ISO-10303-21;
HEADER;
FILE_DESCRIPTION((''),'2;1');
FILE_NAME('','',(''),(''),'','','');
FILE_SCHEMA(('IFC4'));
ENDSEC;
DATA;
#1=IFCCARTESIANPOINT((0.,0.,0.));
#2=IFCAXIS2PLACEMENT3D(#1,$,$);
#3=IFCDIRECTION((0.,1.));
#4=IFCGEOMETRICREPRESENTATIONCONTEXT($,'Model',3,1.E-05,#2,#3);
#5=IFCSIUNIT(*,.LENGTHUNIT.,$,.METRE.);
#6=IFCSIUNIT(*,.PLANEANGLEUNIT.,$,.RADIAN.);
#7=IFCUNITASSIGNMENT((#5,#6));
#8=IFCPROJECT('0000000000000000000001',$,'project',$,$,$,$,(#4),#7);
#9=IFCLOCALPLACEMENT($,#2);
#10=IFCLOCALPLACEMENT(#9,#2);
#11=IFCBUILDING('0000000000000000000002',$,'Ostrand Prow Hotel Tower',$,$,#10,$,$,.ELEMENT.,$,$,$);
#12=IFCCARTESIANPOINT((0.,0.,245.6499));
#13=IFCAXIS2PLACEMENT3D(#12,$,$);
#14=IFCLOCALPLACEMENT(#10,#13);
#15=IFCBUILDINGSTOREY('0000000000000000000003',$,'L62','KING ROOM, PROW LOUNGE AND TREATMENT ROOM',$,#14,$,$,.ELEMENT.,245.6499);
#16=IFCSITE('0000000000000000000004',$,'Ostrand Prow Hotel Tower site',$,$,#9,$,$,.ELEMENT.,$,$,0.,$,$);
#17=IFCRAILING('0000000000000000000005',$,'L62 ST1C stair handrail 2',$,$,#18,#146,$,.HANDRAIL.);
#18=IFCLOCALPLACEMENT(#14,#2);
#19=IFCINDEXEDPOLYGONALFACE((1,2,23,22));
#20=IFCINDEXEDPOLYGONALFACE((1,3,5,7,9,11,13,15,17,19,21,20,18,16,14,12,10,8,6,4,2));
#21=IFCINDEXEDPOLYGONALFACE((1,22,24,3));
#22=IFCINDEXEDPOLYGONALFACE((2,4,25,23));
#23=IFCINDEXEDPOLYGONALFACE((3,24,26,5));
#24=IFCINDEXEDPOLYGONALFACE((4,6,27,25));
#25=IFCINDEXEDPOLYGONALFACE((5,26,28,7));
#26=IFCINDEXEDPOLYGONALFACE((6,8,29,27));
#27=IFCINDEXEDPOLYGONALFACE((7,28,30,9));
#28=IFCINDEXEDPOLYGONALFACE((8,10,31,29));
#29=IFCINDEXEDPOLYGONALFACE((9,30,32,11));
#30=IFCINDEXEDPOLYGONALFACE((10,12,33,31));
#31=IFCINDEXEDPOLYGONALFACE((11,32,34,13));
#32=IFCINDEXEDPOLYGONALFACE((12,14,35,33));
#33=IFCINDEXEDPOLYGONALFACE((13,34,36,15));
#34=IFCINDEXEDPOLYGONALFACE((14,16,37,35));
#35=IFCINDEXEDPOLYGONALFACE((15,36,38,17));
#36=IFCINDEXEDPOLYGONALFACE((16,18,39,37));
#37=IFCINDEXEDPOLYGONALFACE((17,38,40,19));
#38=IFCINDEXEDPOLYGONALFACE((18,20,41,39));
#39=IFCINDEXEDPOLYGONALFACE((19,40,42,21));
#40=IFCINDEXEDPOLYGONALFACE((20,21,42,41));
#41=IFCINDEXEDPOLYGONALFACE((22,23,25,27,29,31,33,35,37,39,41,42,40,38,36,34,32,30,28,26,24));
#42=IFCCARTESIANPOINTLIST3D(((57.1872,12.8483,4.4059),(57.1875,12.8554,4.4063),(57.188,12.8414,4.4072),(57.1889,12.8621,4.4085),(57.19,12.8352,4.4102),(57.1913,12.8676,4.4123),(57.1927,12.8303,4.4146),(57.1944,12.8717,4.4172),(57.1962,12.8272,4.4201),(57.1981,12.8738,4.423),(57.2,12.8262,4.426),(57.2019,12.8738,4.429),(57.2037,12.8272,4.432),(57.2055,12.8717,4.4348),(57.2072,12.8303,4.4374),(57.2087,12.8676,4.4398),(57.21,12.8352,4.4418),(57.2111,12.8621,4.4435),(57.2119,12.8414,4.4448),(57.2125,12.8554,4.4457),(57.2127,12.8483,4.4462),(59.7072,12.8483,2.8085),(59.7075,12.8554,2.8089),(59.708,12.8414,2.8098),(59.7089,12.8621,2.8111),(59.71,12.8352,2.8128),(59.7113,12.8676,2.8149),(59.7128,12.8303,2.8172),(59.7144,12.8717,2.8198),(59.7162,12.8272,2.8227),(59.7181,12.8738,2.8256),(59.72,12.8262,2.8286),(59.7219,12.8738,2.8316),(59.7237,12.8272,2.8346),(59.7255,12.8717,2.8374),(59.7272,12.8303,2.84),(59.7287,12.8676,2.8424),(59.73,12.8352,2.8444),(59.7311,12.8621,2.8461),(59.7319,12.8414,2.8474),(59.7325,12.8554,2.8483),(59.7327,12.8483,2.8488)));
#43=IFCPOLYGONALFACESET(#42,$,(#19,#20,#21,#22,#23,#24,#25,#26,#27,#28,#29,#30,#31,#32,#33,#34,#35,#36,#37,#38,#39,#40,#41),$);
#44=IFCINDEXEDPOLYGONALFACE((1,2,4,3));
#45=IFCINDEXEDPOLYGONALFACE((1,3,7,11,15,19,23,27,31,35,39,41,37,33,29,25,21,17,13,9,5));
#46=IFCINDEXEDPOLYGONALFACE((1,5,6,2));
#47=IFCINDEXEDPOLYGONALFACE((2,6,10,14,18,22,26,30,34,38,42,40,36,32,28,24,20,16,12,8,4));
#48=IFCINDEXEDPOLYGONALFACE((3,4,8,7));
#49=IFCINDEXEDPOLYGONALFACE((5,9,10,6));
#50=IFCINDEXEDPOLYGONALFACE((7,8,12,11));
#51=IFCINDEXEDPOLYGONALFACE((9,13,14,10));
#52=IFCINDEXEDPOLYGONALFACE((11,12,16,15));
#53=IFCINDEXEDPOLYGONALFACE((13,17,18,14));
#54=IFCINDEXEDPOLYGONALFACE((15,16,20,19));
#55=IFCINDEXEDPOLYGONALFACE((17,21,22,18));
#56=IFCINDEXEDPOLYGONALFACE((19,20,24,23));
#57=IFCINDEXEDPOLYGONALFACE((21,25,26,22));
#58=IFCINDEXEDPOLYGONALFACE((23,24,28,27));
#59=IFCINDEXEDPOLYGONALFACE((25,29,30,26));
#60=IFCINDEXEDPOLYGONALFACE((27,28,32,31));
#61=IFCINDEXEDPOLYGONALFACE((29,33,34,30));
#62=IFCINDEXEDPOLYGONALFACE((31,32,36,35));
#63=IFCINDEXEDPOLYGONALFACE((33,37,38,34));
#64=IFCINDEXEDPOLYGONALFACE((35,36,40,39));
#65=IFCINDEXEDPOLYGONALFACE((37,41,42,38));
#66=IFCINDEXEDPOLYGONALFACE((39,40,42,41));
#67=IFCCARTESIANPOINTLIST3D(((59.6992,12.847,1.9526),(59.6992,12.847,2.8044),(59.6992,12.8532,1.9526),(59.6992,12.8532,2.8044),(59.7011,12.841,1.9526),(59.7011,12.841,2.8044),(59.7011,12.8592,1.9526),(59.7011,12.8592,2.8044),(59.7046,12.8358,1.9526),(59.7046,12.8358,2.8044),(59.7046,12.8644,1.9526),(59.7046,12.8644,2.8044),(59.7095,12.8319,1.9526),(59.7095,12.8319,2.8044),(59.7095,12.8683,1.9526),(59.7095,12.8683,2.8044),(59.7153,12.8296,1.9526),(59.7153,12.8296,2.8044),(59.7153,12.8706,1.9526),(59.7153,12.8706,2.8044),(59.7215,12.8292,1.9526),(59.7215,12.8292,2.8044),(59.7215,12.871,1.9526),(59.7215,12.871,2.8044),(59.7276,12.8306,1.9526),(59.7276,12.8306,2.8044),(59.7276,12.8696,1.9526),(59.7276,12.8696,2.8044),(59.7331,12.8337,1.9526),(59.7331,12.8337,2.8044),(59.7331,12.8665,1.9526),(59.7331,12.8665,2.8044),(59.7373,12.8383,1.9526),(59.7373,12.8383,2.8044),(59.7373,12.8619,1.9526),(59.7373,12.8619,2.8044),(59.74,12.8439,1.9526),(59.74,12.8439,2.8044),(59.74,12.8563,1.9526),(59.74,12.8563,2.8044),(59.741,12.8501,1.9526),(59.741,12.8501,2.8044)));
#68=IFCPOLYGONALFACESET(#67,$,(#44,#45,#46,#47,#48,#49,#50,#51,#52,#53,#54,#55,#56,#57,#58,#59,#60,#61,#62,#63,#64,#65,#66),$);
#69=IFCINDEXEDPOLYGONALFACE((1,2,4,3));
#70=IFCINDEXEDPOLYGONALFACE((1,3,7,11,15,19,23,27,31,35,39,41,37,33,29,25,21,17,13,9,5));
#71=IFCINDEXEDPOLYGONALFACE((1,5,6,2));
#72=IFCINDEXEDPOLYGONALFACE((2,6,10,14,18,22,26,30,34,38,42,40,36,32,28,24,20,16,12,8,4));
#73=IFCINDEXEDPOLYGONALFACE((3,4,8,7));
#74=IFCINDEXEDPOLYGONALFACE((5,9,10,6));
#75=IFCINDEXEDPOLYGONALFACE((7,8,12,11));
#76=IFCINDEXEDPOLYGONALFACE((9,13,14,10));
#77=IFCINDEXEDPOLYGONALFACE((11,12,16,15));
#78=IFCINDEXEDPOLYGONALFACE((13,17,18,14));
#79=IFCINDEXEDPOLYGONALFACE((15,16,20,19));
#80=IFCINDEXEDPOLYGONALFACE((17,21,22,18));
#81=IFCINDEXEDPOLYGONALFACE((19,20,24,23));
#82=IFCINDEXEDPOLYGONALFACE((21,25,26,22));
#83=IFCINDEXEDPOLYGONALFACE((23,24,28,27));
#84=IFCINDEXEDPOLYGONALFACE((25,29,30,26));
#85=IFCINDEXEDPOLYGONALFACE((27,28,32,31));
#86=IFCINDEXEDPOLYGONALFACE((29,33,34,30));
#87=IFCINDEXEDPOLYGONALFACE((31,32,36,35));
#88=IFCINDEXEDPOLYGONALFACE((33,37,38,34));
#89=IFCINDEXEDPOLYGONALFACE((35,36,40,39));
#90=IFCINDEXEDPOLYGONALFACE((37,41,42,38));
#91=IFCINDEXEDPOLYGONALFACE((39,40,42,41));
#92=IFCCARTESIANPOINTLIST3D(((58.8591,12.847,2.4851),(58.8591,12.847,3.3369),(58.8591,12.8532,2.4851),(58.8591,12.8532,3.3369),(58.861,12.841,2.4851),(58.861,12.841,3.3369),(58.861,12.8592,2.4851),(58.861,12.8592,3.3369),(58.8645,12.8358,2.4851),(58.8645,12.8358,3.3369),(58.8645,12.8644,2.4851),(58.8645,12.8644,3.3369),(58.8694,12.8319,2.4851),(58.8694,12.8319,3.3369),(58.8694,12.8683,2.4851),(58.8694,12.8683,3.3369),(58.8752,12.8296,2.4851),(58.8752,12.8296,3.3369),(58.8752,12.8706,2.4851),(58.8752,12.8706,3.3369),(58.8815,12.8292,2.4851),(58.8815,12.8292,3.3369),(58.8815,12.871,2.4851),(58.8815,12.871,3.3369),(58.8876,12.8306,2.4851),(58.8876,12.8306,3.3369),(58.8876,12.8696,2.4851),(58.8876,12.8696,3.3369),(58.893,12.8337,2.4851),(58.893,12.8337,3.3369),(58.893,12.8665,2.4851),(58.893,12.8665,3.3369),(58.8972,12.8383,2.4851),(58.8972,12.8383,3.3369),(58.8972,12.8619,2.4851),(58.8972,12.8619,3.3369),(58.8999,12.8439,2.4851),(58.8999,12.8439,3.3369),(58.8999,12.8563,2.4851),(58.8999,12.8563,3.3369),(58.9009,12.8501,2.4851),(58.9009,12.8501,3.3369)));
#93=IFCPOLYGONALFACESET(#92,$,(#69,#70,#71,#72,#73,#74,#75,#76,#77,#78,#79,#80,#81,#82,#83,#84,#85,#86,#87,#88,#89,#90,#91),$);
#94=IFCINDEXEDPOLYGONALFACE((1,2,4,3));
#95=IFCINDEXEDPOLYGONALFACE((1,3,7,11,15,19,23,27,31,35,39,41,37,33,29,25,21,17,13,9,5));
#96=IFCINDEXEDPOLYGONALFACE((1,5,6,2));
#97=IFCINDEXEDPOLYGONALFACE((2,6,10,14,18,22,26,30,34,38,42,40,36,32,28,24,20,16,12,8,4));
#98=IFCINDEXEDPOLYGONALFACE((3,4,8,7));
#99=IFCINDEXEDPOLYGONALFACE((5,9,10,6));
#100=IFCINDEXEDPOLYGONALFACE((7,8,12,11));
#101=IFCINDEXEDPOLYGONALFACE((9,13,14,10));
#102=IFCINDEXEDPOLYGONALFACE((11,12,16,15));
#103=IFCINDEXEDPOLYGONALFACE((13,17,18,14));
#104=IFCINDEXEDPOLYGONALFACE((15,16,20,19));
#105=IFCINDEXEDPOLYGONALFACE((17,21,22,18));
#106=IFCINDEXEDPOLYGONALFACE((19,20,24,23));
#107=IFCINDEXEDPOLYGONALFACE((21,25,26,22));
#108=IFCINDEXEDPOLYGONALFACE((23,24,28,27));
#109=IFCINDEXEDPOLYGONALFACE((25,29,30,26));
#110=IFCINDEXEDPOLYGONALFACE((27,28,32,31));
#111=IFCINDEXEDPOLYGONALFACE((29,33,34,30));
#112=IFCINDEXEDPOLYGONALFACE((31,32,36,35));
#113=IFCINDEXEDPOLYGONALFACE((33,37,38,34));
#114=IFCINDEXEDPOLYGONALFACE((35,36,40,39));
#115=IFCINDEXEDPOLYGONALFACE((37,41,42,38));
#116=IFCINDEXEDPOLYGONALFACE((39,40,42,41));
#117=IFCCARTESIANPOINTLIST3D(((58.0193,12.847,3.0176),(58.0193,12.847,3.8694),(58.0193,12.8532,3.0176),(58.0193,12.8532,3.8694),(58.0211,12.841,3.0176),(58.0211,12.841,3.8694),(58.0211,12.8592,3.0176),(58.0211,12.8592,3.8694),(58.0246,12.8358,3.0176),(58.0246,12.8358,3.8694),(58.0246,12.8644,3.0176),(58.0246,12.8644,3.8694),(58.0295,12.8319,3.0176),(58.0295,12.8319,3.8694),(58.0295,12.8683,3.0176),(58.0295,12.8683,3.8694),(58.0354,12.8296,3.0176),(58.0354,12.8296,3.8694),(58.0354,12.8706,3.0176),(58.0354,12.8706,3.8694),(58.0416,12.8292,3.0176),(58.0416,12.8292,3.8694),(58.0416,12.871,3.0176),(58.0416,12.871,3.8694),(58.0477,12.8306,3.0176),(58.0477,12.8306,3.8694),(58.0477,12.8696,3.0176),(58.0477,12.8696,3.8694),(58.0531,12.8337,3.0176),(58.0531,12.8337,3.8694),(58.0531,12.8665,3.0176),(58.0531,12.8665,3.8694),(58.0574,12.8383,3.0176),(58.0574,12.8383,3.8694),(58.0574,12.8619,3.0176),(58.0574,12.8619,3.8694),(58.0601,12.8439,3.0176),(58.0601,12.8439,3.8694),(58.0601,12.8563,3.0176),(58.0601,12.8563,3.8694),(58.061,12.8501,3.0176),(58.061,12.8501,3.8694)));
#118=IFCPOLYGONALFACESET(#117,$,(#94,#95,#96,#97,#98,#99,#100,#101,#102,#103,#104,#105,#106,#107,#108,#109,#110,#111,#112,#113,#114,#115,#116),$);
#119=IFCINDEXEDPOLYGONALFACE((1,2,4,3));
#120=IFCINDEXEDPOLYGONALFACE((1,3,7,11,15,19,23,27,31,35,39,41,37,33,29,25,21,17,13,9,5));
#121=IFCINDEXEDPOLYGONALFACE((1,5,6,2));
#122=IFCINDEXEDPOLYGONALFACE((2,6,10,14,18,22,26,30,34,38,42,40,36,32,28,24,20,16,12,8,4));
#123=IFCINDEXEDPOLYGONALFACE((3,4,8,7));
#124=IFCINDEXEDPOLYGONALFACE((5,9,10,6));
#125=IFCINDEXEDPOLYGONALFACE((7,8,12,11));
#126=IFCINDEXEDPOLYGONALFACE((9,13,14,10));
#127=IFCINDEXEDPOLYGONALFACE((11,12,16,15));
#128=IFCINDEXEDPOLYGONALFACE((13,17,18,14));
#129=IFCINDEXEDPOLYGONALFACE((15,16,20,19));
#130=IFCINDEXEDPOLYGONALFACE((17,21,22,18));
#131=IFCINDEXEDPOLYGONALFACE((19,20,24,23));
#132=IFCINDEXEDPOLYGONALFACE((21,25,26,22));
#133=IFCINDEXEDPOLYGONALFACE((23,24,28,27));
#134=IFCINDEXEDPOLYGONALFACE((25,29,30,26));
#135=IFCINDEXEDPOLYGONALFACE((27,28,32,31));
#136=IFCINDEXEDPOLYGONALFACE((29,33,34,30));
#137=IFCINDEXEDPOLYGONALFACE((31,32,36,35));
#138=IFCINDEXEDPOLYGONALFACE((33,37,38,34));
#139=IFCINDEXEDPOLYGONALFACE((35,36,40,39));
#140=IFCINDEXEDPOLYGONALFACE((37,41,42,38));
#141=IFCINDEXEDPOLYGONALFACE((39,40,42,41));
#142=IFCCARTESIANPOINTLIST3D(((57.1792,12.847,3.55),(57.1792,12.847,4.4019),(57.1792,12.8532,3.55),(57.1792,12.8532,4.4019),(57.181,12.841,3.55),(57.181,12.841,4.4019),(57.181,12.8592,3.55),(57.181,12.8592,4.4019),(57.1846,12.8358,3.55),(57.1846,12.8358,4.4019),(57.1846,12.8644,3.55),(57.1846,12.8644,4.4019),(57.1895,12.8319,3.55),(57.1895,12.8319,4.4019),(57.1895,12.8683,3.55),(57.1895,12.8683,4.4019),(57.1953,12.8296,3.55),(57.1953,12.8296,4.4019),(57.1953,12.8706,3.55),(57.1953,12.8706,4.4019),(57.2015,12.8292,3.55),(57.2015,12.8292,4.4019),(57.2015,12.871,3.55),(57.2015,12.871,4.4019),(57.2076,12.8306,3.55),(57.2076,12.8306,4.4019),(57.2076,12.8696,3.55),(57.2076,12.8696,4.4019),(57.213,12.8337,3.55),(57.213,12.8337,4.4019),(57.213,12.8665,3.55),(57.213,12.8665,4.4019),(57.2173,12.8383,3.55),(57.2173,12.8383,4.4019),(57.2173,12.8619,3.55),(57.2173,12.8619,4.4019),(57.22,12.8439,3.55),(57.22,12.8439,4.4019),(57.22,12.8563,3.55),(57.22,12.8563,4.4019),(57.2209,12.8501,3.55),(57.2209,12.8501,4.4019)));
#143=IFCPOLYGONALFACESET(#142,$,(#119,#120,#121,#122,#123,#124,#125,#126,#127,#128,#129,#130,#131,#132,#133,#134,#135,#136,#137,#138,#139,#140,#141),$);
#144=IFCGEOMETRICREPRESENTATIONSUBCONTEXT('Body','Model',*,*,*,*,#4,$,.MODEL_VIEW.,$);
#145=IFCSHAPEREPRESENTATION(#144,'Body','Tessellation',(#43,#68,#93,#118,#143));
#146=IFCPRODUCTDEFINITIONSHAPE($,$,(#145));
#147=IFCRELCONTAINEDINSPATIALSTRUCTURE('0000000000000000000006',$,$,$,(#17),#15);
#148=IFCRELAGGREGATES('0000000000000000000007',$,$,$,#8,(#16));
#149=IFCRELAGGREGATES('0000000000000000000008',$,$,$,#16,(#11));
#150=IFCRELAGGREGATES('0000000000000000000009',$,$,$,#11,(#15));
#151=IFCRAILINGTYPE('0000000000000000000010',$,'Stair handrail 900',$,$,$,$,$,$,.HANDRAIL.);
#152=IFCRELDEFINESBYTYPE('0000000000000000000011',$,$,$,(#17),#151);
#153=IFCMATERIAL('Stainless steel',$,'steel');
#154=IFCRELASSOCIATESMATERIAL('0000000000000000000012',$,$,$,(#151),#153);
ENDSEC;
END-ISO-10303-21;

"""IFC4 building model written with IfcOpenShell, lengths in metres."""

from ifc_helpers import new_model, si_unit, direction, frame, origin, origin_2d, place, context, subcontext, project, spatial, circle, extrude, material, type_object, element, save


model = new_model("IFC4")

# Units and contexts
model_context = context("Model", 3, precision=1e-05, world=origin(), true_north=direction((0.0, 1.0)))
body_context = subcontext(model_context, "Body", "Model", "MODEL_VIEW")
ifc_project = project(units=[si_unit("LENGTHUNIT", "METRE"), si_unit("PLANEANGLEUNIT", "RADIAN")], contexts=[model_context])

# Site, building, storey
site_placement = place(None, origin())
site = spatial("IfcSite", under=ifc_project, at=site_placement, Name="Ostrand Prow Hotel Tower site", CompositionType="ELEMENT", RefElevation=0.0)
building_placement = place(site_placement, origin())
building = spatial("IfcBuilding", under=site, at=building_placement, Name="Ostrand Prow Hotel Tower", CompositionType="ELEMENT")
storey_placement = place(building_placement, frame((0.0, 0.0, 245.6499)))
storey = spatial("IfcBuildingStorey", under=building, at=storey_placement, Name="L62", Description="KING ROOM, PROW LOUNGE AND TREATMENT ROOM", CompositionType="ELEMENT", Elevation=245.6499)

# Railing
ifc_material_1 = material(Name="Stainless steel", Category="steel")
railing_type_1 = type_object("IfcRailingType", Name="Stair handrail 900", PredefinedType="HANDRAIL", material=ifc_material_1)
railing_1_placement = place(storey_placement, frame((59.72, 12.8501, 1.9526)))
element("IfcRailing", 1, at=railing_1_placement, inside=storey, type_object=railing_type_1, Name="L62 ST1C stair handrail 2", PredefinedType="HANDRAIL", context=body_context, shape_type="SweptSolid", body=[
    extrude(circle(Radius=0.0239, at=origin_2d()), frame((0.0, 0.0, 0.876), z_axis=(-0.844607, 0.0, 0.535387), x_axis=(0.0, -1.0, 0.0)), (0.0, 0.0, 1.0), 2.9836),
    extrude(circle(Radius=0.021, at=origin_2d()), origin(), (0.0, 0.0, 1.0), 0.8518),
    extrude(circle(Radius=0.021, at=origin_2d()), frame((-0.8401, 0.0, 0.5325)), (0.0, 0.0, 1.0), 0.8518),
    extrude(circle(Radius=0.021, at=origin_2d()), frame((-1.6799, 0.0, 1.0649)), (0.0, 0.0, 1.0), 0.8518),
    extrude(circle(Radius=0.021, at=origin_2d()), frame((-2.52, 0.0, 1.5974)), (0.0, 0.0, 1.0), 0.8518),
])

save(model, "model.ifc")
